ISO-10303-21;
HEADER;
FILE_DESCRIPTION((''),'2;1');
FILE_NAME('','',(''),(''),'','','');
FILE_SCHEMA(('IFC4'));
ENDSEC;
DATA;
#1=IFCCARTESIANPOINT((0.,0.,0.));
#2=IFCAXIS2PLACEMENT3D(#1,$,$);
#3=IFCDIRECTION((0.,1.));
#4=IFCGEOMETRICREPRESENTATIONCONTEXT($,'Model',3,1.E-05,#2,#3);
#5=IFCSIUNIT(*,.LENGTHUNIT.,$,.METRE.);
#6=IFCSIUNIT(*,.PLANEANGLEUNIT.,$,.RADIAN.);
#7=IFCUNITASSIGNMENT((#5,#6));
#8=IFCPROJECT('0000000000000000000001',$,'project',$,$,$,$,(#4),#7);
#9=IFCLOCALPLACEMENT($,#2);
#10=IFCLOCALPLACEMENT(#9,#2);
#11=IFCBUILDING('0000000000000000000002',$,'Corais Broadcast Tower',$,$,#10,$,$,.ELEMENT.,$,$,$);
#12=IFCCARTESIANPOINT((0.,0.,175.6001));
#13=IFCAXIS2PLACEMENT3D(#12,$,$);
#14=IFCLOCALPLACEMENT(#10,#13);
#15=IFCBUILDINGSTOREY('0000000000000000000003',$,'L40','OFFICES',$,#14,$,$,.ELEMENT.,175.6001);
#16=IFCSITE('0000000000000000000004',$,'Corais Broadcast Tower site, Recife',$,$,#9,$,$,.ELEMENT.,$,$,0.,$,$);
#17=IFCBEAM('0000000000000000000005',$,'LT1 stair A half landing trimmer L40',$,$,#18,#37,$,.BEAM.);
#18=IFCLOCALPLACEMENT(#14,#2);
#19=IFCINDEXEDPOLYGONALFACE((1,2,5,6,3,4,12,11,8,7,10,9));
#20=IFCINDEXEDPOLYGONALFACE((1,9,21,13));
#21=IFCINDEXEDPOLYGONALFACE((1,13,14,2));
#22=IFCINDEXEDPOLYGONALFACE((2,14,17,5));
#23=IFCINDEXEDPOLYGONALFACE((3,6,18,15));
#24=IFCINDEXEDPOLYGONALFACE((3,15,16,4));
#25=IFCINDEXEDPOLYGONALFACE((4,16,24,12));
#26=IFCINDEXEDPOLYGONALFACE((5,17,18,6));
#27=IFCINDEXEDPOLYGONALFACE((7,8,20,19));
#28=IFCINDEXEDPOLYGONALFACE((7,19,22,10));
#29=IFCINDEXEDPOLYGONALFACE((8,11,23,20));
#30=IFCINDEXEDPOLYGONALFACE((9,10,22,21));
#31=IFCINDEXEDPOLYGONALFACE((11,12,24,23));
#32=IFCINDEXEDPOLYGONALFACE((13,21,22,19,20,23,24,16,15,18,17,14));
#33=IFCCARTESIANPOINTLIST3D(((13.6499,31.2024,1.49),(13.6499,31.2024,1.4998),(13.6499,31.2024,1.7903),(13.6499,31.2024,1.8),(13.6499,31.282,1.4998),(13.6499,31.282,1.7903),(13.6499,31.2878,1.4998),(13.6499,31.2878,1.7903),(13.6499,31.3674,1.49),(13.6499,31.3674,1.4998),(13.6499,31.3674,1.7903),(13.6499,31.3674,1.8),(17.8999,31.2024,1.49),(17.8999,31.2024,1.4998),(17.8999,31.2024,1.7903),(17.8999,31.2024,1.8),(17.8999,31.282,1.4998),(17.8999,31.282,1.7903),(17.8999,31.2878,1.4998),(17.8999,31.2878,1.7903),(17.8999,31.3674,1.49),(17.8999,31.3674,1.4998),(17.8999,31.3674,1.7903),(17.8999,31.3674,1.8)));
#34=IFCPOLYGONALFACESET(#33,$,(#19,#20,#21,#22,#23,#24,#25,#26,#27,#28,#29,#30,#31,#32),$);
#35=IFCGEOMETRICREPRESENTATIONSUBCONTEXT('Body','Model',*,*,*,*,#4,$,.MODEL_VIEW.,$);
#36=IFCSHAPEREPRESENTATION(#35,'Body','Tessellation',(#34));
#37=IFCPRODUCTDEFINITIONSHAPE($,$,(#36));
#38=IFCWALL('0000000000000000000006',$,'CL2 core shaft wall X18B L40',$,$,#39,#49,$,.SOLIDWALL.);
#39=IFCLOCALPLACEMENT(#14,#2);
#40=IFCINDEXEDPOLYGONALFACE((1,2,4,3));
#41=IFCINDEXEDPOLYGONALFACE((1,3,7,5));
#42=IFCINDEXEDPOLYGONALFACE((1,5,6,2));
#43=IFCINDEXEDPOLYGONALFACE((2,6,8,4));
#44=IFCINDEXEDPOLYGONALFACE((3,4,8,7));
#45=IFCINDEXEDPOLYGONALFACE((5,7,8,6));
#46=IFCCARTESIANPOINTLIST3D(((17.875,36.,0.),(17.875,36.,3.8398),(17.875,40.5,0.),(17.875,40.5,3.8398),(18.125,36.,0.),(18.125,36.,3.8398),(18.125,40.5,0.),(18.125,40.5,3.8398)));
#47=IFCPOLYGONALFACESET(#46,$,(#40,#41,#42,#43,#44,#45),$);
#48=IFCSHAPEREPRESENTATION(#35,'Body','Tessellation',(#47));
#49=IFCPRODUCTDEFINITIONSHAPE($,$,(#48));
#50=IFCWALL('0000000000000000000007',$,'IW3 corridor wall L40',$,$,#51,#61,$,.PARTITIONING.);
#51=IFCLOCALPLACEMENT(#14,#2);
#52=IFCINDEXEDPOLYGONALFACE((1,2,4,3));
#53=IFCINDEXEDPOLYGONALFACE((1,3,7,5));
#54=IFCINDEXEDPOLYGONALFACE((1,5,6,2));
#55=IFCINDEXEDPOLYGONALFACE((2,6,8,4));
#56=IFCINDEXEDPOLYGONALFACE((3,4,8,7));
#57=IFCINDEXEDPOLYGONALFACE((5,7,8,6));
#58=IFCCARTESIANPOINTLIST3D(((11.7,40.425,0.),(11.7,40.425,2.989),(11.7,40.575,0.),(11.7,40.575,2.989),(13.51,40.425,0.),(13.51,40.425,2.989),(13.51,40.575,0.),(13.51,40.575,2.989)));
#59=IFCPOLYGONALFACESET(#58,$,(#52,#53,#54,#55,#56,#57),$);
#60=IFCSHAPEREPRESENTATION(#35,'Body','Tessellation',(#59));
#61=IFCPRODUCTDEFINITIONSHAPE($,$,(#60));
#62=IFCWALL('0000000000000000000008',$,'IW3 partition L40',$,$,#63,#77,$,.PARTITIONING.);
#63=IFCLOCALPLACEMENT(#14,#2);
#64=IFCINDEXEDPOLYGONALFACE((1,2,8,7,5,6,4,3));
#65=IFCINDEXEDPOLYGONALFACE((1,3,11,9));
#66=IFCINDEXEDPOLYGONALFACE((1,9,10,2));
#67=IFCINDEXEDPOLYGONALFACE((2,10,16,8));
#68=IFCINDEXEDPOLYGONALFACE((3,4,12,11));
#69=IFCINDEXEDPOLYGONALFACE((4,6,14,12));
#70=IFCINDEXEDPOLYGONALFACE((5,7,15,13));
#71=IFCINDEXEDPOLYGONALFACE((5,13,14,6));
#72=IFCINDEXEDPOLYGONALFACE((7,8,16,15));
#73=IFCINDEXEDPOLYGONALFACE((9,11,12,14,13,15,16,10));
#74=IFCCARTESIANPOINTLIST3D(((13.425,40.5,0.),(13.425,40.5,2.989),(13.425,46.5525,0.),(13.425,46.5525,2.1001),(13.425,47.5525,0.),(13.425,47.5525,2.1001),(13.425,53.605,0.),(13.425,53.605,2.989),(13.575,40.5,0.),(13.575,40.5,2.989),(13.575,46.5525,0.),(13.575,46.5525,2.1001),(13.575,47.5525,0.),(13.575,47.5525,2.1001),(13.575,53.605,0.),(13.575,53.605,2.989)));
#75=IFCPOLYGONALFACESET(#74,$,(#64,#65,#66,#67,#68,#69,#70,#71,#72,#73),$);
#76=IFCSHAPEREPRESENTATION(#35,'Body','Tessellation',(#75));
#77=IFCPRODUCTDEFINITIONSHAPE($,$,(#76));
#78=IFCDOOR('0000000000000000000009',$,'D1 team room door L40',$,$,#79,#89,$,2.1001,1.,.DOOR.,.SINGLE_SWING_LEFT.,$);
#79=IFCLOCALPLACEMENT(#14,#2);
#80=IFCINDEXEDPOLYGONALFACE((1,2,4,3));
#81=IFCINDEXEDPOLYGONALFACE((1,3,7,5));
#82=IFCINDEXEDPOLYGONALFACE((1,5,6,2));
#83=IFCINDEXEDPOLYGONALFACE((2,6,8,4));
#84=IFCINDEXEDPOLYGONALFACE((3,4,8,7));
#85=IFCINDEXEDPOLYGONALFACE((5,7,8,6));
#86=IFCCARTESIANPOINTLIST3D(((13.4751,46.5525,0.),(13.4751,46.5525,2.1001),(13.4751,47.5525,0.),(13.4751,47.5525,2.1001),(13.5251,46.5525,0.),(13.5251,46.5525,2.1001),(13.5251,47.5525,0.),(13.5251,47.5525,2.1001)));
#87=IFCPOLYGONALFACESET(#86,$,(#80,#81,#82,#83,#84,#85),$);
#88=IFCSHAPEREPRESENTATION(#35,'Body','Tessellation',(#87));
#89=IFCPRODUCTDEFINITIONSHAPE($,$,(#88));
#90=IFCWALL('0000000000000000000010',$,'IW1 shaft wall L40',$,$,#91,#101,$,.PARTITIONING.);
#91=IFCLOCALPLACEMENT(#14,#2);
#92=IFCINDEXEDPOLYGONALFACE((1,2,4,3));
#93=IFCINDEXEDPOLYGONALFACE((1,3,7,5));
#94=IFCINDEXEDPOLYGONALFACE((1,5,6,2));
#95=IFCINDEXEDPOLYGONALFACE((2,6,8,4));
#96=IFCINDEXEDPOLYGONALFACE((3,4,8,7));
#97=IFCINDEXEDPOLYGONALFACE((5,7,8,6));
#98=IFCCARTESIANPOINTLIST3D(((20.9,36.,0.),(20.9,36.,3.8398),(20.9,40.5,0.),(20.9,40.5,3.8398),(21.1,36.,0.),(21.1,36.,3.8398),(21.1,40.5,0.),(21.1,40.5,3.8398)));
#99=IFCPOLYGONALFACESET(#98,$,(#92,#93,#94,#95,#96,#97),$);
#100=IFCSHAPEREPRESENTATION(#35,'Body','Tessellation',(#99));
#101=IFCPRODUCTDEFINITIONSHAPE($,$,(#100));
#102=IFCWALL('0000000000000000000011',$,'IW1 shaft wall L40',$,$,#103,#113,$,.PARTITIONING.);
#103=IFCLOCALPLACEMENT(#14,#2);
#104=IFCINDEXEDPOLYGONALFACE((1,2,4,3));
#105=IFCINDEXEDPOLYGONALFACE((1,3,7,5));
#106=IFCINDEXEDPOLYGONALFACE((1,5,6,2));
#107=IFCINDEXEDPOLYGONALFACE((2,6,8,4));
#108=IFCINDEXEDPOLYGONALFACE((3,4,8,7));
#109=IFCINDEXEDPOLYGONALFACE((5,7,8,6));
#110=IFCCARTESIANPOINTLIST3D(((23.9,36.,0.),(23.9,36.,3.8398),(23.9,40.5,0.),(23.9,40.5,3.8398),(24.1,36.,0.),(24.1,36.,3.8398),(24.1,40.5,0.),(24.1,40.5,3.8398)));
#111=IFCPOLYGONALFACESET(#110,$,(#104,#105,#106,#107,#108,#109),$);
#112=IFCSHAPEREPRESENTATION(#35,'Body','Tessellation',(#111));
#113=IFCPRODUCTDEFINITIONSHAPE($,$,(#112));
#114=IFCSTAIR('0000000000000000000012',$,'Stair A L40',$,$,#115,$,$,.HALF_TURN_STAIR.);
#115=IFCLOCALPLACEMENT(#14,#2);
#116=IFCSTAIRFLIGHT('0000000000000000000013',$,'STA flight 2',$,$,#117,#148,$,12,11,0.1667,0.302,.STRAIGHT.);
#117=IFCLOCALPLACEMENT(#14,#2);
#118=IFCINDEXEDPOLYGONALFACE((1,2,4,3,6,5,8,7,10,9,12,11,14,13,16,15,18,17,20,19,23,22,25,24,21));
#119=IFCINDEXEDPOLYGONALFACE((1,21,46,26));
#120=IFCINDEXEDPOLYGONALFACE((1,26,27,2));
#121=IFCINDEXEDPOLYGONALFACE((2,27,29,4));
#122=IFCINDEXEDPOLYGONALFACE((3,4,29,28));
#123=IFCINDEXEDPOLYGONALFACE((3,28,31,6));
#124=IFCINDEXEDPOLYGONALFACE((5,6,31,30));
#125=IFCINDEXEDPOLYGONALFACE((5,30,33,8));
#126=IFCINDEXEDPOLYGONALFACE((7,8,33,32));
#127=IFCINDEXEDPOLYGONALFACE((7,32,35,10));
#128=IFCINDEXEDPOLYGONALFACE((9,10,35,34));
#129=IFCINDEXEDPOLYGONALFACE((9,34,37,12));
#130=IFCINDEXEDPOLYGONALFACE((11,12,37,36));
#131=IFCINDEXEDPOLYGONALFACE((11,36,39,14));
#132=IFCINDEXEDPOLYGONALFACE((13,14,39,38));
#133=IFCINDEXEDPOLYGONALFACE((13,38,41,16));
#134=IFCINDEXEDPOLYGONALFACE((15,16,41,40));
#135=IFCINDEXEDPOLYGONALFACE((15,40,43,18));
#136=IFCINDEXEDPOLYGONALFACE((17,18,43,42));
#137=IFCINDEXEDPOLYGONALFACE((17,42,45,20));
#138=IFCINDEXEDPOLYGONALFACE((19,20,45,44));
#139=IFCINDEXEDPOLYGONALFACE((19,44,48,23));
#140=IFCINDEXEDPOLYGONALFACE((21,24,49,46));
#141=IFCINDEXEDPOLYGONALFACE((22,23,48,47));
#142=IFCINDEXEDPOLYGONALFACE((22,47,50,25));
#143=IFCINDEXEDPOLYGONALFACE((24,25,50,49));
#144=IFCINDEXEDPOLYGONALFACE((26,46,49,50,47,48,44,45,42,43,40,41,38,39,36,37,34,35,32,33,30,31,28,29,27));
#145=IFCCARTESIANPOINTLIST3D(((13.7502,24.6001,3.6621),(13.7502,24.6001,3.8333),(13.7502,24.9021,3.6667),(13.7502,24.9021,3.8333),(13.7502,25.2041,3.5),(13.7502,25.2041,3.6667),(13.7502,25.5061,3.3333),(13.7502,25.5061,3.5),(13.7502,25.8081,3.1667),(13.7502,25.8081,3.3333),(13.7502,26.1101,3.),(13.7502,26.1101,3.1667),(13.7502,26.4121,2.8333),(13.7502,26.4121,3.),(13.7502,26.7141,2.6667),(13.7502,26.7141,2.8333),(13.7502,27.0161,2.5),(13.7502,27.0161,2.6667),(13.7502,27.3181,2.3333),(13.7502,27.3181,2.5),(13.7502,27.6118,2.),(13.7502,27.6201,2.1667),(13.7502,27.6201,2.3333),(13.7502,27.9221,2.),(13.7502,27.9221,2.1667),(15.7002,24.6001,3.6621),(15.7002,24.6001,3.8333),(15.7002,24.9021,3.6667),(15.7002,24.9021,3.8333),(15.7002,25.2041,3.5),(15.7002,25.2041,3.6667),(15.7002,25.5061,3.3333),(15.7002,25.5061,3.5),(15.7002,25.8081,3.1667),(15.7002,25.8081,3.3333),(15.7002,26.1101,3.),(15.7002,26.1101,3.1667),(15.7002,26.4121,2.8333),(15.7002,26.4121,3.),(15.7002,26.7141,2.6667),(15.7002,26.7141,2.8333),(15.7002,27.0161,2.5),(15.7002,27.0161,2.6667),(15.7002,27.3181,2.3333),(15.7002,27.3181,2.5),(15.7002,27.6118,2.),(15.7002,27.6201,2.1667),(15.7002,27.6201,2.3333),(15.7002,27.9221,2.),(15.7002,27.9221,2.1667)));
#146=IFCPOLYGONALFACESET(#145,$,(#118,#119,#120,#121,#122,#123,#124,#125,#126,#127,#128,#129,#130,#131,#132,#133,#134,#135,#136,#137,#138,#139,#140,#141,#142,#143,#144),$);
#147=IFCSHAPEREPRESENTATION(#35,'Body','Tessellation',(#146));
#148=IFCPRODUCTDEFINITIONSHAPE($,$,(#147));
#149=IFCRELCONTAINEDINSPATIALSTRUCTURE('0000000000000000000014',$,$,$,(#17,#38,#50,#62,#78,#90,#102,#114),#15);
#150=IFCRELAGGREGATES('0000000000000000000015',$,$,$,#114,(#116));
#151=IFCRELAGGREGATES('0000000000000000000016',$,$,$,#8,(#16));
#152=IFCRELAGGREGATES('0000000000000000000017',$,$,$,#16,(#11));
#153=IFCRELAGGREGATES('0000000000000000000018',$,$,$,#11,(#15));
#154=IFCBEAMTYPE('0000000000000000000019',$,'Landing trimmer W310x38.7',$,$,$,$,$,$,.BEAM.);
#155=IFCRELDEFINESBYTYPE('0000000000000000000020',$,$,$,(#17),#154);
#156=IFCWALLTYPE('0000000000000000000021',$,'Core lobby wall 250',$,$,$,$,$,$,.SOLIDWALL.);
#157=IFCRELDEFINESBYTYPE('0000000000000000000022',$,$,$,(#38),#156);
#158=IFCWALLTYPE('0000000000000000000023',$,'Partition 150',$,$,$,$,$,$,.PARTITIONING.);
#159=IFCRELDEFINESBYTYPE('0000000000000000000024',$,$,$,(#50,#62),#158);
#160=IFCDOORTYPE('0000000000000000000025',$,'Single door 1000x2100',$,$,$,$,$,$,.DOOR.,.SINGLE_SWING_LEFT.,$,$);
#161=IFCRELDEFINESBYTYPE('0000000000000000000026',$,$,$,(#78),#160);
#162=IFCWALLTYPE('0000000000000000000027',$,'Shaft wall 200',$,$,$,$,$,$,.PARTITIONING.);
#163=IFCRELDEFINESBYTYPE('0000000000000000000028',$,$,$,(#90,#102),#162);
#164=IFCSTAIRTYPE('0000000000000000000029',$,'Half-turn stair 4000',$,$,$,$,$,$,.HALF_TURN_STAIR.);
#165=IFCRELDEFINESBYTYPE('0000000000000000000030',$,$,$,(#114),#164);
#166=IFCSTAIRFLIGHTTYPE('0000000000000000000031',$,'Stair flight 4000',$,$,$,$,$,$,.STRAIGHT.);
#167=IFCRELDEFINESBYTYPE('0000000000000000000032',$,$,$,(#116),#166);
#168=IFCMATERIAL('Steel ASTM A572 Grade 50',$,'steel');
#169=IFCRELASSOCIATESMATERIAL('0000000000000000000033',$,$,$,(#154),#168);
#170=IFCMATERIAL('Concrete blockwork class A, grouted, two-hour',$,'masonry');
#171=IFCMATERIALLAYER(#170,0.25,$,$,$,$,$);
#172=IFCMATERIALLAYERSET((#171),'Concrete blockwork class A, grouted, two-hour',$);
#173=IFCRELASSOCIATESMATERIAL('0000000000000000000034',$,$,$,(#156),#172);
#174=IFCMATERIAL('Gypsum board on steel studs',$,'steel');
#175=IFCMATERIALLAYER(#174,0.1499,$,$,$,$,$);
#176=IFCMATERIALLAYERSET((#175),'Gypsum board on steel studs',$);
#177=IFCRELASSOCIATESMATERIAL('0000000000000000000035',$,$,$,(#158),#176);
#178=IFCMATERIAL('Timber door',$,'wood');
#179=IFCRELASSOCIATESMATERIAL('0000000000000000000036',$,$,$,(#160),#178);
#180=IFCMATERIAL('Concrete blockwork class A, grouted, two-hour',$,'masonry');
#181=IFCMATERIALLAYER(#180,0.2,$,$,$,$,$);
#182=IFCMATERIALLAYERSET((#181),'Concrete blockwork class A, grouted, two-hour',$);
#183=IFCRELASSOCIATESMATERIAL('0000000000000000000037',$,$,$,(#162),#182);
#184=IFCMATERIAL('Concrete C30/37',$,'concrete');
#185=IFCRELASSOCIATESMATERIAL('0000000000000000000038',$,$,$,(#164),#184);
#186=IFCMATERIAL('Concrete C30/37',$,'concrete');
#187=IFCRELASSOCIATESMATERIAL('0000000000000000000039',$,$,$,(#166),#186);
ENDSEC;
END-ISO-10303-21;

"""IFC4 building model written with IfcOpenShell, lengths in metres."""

from ifc_helpers import new_model, si_unit, direction, frame, frame_2d, origin, origin_2d, place, context, subcontext, project, spatial, polyline, rectangle, i_section, outline, extrude, material, layer, layer_set, material_profile, profile_set, type_object, element, fill, aggregate, save


model = new_model("IFC4")

# Units and contexts
model_context = context("Model", 3, precision=1e-05, world=origin(), true_north=direction((0.0, 1.0)))
body_context = subcontext(model_context, "Body", "Model", "MODEL_VIEW")
ifc_project = project(units=[si_unit("LENGTHUNIT", "METRE"), si_unit("PLANEANGLEUNIT", "RADIAN")], contexts=[model_context])

# Site, building, storey
site_placement = place(None, origin())
site = spatial("IfcSite", under=ifc_project, at=site_placement, Name="Corais Broadcast Tower site, Recife", CompositionType="ELEMENT", RefElevation=0.0)
building_placement = place(site_placement, origin())
building = spatial("IfcBuilding", under=site, at=building_placement, Name="Corais Broadcast Tower", CompositionType="ELEMENT")
storey_placement = place(building_placement, frame((0.0, 0.0, 175.6001)))
storey = spatial("IfcBuildingStorey", under=building, at=storey_placement, Name="L40", Description="OFFICES", CompositionType="ELEMENT", Elevation=175.6001)

# Beam
ifc_material_1 = material(Name="Steel ASTM A572 Grade 50", Category="steel")
ifc_material_profile = material_profile(ifc_material_1, i_section(OverallWidth=0.165, OverallDepth=0.3101, WebThickness=0.0059, FlangeThickness=0.0098, at=origin_2d()), Name="W310x38.7")
ifc_profile_set = profile_set([ifc_material_profile], Name="Steel ASTM A572 Grade 50")
beam_type = type_object("IfcBeamType", Name="Landing trimmer W310x38.7", PredefinedType="BEAM", material=ifc_profile_set)
beam_placement = place(storey_placement, frame((13.6499, 31.2849, 1.645), z_axis=(1.0, 0.0, 0.0), x_axis=(0.0, 1.0, 0.0)))
element("IfcBeam", 1, at=beam_placement, inside=storey, type_object=beam_type, Name="LT1 stair A half landing trimmer L40", PredefinedType="BEAM", context=body_context, shape_type="SweptSolid", body=[
    extrude(i_section(OverallWidth=0.165, OverallDepth=0.3101, WebThickness=0.0059, FlangeThickness=0.0098, at=origin_2d()), origin(), (0.0, 0.0, 1.0), 4.25),
])

# Walls
ifc_material_2 = material(Name="Concrete blockwork class A, grouted, two-hour", Category="masonry")
ifc_layer_1 = layer(ifc_material_2, 0.25)
ifc_layer_set_1 = layer_set([ifc_layer_1], Name="Concrete blockwork class A, grouted, two-hour")
wall_type_1 = type_object("IfcWallType", Name="Core lobby wall 250", PredefinedType="SOLIDWALL", material=ifc_layer_set_1)
wall_1_placement = place(storey_placement, frame((18.0, 36.0, 0.0), z_axis=(0.0, 0.0, 1.0), x_axis=(0.0, 1.0, 0.0)))
element("IfcWall", 2, at=wall_1_placement, inside=storey, type_object=wall_type_1, Name="CL2 core shaft wall X18B L40", PredefinedType="SOLIDWALL", context=body_context, shape_type="SweptSolid", body=[
    extrude(rectangle(XDim=4.5, YDim=0.25, at=frame_2d((2.25, 0.0))), origin(), (0.0, 0.0, 1.0), 3.8398),
])
ifc_material_3 = material(Name="Gypsum board on steel studs", Category="steel")
ifc_layer_2 = layer(ifc_material_3, 0.1499)
ifc_layer_set_2 = layer_set([ifc_layer_2], Name="Gypsum board on steel studs")
wall_type_2 = type_object("IfcWallType", Name="Partition 150", PredefinedType="PARTITIONING", material=ifc_layer_set_2)
wall_2_placement = place(storey_placement, frame((13.51, 40.5, 0.0), z_axis=(0.0, 0.0, 1.0), x_axis=(-1.0, 0.0, 0.0)))
element("IfcWall", 3, at=wall_2_placement, inside=storey, type_object=wall_type_2, Name="IW3 corridor wall L40", PredefinedType="PARTITIONING", context=body_context, shape_type="SweptSolid", body=[
    extrude(rectangle(XDim=1.8101, YDim=0.1499, at=frame_2d((0.905, 0.0))), origin(), (0.0, 0.0, 1.0), 2.989),
])

# Wall, opening, door
wall_3_placement = place(storey_placement, frame((13.5, 40.5, 0.0), z_axis=(0.0, 0.0, 1.0), x_axis=(0.0, 1.0, 0.0)))
wall_3 = element("IfcWall", 4, at=wall_3_placement, inside=storey, type_object=wall_type_2, Name="IW3 partition L40", PredefinedType="PARTITIONING", context=body_context, shape_type="SweptSolid", body=[
    extrude(rectangle(XDim=13.105, YDim=0.1499, at=frame_2d((6.5525, 0.0))), origin(), (0.0, 0.0, 1.0), 2.989),
])
opening_placement = place(wall_3_placement, frame((6.0525, 0.0, 0.0)))
opening = element("IfcOpeningElement", 5, at=opening_placement, cuts=wall_3, PredefinedType="OPENING", context=body_context, shape_type="SweptSolid", body=[
    extrude(rectangle(XDim=1.0, YDim=2.1001, at=frame_2d((0.5, 1.05))), frame((0.0, 0.085, 0.0), z_axis=(0.0, -1.0, 0.0), x_axis=(1.0, 0.0, 0.0)), (0.0, 0.0, 1.0), 0.1699),
])
ifc_material_4 = material(Name="Timber door", Category="wood")
door_type = type_object("IfcDoorType", Name="Single door 1000x2100", OperationType="SINGLE_SWING_LEFT", PredefinedType="DOOR", material=ifc_material_4)
door_placement = place(opening_placement, origin())
door = element("IfcDoor", 6, at=door_placement, inside=storey, type_object=door_type, Name="D1 team room door L40", OperationType="SINGLE_SWING_LEFT", OverallHeight=2.1001, OverallWidth=1.0, PredefinedType="DOOR", context=body_context, shape_type="SweptSolid", body=[
    extrude(rectangle(XDim=1.0, YDim=2.1001, at=frame_2d((0.5, 1.05))), frame((0.0, 0.0249, 0.0), z_axis=(0.0, -1.0, 0.0), x_axis=(1.0, 0.0, 0.0)), (0.0, 0.0, 1.0), 0.05),
])
fill(opening, door)

# Walls
ifc_material_5 = material(Name="Concrete blockwork class A, grouted, two-hour", Category="masonry")
ifc_layer_3 = layer(ifc_material_5, 0.2)
ifc_layer_set_3 = layer_set([ifc_layer_3], Name="Concrete blockwork class A, grouted, two-hour")
wall_type_3 = type_object("IfcWallType", Name="Shaft wall 200", PredefinedType="PARTITIONING", material=ifc_layer_set_3)
for number, where, z_axis, x_axis, name in (
    (7, (21.0, 36.0, 0.0), (0.0, 0.0, 1.0), (0.0, 1.0, 0.0), "IW1 shaft wall L40"),
    (8, (24.0, 36.0, 0.0), (0.0, 0.0, 1.0), (0.0, 1.0, 0.0), "IW1 shaft wall L40"),
):
    element("IfcWall", number, at=place(storey_placement, frame(where, z_axis=z_axis, x_axis=x_axis)), inside=storey, type_object=wall_type_3, Name=name, PredefinedType="PARTITIONING", context=body_context, shape_type="SweptSolid", body=[
        extrude(rectangle(XDim=4.5, YDim=0.2, at=frame_2d((2.25, 0.0))), origin(), (0.0, 0.0, 1.0), 3.8398),
    ])

# Stair, stair flight
ifc_material_6 = material(Name="Concrete C30/37", Category="concrete")
stair_type = type_object("IfcStairType", Name="Half-turn stair 4000", PredefinedType="HALF_TURN_STAIR", material=ifc_material_6)
stair_placement = place(storey_placement, origin())
stair = element("IfcStair", 9, at=stair_placement, inside=storey, type_object=stair_type, Name="Stair A L40", PredefinedType="HALF_TURN_STAIR")
ifc_material_7 = material(Name="Concrete C30/37", Category="concrete")
stair_flight_type = type_object("IfcStairFlightType", Name="Stair flight 4000", PredefinedType="STRAIGHT", material=ifc_material_7)
stair_flight_placement = place(storey_placement, frame((14.7251, 27.9221, 2.0), z_axis=(0.0, 0.0, 1.0), x_axis=(0.0, -1.0, 0.0)))
stair_flight = element("IfcStairFlight", 10, at=stair_flight_placement, type_object=stair_flight_type, Name="STA flight 2", NumberOfRisers=12, NumberOfTreads=11, PredefinedType="STRAIGHT", RiserHeight=0.1667, TreadLength=0.302, context=body_context, shape_type="SweptSolid", body=[
    extrude(outline(polyline([(0.0, 0.0), (0.0, 0.1667), (0.302, 0.1667), (0.302, 0.3333), (0.604, 0.3333), (0.604, 0.5), (0.906, 0.5), (0.906, 0.6667), (1.208, 0.6667), (1.208, 0.8333), (1.51, 0.8333), (1.51, 1.0), (1.812, 1.0), (1.812, 1.1667), (2.114, 1.1667), (2.114, 1.3333), (2.416, 1.3333), (2.416, 1.5), (2.718, 1.5), (2.718, 1.6667), (3.02, 1.6667), (3.02, 1.8333), (3.322, 1.8333), (3.322, 2.0), (3.322, 1.6621), (0.3103, 0.0), (0.0, 0.0)])), frame((0.0, 0.9751, 0.0), z_axis=(0.0, -1.0, 0.0), x_axis=(1.0, 0.0, 0.0)), (0.0, 0.0, 1.0), 1.95),
])
aggregate(stair, [stair_flight])

save(model, "model.ifc")
